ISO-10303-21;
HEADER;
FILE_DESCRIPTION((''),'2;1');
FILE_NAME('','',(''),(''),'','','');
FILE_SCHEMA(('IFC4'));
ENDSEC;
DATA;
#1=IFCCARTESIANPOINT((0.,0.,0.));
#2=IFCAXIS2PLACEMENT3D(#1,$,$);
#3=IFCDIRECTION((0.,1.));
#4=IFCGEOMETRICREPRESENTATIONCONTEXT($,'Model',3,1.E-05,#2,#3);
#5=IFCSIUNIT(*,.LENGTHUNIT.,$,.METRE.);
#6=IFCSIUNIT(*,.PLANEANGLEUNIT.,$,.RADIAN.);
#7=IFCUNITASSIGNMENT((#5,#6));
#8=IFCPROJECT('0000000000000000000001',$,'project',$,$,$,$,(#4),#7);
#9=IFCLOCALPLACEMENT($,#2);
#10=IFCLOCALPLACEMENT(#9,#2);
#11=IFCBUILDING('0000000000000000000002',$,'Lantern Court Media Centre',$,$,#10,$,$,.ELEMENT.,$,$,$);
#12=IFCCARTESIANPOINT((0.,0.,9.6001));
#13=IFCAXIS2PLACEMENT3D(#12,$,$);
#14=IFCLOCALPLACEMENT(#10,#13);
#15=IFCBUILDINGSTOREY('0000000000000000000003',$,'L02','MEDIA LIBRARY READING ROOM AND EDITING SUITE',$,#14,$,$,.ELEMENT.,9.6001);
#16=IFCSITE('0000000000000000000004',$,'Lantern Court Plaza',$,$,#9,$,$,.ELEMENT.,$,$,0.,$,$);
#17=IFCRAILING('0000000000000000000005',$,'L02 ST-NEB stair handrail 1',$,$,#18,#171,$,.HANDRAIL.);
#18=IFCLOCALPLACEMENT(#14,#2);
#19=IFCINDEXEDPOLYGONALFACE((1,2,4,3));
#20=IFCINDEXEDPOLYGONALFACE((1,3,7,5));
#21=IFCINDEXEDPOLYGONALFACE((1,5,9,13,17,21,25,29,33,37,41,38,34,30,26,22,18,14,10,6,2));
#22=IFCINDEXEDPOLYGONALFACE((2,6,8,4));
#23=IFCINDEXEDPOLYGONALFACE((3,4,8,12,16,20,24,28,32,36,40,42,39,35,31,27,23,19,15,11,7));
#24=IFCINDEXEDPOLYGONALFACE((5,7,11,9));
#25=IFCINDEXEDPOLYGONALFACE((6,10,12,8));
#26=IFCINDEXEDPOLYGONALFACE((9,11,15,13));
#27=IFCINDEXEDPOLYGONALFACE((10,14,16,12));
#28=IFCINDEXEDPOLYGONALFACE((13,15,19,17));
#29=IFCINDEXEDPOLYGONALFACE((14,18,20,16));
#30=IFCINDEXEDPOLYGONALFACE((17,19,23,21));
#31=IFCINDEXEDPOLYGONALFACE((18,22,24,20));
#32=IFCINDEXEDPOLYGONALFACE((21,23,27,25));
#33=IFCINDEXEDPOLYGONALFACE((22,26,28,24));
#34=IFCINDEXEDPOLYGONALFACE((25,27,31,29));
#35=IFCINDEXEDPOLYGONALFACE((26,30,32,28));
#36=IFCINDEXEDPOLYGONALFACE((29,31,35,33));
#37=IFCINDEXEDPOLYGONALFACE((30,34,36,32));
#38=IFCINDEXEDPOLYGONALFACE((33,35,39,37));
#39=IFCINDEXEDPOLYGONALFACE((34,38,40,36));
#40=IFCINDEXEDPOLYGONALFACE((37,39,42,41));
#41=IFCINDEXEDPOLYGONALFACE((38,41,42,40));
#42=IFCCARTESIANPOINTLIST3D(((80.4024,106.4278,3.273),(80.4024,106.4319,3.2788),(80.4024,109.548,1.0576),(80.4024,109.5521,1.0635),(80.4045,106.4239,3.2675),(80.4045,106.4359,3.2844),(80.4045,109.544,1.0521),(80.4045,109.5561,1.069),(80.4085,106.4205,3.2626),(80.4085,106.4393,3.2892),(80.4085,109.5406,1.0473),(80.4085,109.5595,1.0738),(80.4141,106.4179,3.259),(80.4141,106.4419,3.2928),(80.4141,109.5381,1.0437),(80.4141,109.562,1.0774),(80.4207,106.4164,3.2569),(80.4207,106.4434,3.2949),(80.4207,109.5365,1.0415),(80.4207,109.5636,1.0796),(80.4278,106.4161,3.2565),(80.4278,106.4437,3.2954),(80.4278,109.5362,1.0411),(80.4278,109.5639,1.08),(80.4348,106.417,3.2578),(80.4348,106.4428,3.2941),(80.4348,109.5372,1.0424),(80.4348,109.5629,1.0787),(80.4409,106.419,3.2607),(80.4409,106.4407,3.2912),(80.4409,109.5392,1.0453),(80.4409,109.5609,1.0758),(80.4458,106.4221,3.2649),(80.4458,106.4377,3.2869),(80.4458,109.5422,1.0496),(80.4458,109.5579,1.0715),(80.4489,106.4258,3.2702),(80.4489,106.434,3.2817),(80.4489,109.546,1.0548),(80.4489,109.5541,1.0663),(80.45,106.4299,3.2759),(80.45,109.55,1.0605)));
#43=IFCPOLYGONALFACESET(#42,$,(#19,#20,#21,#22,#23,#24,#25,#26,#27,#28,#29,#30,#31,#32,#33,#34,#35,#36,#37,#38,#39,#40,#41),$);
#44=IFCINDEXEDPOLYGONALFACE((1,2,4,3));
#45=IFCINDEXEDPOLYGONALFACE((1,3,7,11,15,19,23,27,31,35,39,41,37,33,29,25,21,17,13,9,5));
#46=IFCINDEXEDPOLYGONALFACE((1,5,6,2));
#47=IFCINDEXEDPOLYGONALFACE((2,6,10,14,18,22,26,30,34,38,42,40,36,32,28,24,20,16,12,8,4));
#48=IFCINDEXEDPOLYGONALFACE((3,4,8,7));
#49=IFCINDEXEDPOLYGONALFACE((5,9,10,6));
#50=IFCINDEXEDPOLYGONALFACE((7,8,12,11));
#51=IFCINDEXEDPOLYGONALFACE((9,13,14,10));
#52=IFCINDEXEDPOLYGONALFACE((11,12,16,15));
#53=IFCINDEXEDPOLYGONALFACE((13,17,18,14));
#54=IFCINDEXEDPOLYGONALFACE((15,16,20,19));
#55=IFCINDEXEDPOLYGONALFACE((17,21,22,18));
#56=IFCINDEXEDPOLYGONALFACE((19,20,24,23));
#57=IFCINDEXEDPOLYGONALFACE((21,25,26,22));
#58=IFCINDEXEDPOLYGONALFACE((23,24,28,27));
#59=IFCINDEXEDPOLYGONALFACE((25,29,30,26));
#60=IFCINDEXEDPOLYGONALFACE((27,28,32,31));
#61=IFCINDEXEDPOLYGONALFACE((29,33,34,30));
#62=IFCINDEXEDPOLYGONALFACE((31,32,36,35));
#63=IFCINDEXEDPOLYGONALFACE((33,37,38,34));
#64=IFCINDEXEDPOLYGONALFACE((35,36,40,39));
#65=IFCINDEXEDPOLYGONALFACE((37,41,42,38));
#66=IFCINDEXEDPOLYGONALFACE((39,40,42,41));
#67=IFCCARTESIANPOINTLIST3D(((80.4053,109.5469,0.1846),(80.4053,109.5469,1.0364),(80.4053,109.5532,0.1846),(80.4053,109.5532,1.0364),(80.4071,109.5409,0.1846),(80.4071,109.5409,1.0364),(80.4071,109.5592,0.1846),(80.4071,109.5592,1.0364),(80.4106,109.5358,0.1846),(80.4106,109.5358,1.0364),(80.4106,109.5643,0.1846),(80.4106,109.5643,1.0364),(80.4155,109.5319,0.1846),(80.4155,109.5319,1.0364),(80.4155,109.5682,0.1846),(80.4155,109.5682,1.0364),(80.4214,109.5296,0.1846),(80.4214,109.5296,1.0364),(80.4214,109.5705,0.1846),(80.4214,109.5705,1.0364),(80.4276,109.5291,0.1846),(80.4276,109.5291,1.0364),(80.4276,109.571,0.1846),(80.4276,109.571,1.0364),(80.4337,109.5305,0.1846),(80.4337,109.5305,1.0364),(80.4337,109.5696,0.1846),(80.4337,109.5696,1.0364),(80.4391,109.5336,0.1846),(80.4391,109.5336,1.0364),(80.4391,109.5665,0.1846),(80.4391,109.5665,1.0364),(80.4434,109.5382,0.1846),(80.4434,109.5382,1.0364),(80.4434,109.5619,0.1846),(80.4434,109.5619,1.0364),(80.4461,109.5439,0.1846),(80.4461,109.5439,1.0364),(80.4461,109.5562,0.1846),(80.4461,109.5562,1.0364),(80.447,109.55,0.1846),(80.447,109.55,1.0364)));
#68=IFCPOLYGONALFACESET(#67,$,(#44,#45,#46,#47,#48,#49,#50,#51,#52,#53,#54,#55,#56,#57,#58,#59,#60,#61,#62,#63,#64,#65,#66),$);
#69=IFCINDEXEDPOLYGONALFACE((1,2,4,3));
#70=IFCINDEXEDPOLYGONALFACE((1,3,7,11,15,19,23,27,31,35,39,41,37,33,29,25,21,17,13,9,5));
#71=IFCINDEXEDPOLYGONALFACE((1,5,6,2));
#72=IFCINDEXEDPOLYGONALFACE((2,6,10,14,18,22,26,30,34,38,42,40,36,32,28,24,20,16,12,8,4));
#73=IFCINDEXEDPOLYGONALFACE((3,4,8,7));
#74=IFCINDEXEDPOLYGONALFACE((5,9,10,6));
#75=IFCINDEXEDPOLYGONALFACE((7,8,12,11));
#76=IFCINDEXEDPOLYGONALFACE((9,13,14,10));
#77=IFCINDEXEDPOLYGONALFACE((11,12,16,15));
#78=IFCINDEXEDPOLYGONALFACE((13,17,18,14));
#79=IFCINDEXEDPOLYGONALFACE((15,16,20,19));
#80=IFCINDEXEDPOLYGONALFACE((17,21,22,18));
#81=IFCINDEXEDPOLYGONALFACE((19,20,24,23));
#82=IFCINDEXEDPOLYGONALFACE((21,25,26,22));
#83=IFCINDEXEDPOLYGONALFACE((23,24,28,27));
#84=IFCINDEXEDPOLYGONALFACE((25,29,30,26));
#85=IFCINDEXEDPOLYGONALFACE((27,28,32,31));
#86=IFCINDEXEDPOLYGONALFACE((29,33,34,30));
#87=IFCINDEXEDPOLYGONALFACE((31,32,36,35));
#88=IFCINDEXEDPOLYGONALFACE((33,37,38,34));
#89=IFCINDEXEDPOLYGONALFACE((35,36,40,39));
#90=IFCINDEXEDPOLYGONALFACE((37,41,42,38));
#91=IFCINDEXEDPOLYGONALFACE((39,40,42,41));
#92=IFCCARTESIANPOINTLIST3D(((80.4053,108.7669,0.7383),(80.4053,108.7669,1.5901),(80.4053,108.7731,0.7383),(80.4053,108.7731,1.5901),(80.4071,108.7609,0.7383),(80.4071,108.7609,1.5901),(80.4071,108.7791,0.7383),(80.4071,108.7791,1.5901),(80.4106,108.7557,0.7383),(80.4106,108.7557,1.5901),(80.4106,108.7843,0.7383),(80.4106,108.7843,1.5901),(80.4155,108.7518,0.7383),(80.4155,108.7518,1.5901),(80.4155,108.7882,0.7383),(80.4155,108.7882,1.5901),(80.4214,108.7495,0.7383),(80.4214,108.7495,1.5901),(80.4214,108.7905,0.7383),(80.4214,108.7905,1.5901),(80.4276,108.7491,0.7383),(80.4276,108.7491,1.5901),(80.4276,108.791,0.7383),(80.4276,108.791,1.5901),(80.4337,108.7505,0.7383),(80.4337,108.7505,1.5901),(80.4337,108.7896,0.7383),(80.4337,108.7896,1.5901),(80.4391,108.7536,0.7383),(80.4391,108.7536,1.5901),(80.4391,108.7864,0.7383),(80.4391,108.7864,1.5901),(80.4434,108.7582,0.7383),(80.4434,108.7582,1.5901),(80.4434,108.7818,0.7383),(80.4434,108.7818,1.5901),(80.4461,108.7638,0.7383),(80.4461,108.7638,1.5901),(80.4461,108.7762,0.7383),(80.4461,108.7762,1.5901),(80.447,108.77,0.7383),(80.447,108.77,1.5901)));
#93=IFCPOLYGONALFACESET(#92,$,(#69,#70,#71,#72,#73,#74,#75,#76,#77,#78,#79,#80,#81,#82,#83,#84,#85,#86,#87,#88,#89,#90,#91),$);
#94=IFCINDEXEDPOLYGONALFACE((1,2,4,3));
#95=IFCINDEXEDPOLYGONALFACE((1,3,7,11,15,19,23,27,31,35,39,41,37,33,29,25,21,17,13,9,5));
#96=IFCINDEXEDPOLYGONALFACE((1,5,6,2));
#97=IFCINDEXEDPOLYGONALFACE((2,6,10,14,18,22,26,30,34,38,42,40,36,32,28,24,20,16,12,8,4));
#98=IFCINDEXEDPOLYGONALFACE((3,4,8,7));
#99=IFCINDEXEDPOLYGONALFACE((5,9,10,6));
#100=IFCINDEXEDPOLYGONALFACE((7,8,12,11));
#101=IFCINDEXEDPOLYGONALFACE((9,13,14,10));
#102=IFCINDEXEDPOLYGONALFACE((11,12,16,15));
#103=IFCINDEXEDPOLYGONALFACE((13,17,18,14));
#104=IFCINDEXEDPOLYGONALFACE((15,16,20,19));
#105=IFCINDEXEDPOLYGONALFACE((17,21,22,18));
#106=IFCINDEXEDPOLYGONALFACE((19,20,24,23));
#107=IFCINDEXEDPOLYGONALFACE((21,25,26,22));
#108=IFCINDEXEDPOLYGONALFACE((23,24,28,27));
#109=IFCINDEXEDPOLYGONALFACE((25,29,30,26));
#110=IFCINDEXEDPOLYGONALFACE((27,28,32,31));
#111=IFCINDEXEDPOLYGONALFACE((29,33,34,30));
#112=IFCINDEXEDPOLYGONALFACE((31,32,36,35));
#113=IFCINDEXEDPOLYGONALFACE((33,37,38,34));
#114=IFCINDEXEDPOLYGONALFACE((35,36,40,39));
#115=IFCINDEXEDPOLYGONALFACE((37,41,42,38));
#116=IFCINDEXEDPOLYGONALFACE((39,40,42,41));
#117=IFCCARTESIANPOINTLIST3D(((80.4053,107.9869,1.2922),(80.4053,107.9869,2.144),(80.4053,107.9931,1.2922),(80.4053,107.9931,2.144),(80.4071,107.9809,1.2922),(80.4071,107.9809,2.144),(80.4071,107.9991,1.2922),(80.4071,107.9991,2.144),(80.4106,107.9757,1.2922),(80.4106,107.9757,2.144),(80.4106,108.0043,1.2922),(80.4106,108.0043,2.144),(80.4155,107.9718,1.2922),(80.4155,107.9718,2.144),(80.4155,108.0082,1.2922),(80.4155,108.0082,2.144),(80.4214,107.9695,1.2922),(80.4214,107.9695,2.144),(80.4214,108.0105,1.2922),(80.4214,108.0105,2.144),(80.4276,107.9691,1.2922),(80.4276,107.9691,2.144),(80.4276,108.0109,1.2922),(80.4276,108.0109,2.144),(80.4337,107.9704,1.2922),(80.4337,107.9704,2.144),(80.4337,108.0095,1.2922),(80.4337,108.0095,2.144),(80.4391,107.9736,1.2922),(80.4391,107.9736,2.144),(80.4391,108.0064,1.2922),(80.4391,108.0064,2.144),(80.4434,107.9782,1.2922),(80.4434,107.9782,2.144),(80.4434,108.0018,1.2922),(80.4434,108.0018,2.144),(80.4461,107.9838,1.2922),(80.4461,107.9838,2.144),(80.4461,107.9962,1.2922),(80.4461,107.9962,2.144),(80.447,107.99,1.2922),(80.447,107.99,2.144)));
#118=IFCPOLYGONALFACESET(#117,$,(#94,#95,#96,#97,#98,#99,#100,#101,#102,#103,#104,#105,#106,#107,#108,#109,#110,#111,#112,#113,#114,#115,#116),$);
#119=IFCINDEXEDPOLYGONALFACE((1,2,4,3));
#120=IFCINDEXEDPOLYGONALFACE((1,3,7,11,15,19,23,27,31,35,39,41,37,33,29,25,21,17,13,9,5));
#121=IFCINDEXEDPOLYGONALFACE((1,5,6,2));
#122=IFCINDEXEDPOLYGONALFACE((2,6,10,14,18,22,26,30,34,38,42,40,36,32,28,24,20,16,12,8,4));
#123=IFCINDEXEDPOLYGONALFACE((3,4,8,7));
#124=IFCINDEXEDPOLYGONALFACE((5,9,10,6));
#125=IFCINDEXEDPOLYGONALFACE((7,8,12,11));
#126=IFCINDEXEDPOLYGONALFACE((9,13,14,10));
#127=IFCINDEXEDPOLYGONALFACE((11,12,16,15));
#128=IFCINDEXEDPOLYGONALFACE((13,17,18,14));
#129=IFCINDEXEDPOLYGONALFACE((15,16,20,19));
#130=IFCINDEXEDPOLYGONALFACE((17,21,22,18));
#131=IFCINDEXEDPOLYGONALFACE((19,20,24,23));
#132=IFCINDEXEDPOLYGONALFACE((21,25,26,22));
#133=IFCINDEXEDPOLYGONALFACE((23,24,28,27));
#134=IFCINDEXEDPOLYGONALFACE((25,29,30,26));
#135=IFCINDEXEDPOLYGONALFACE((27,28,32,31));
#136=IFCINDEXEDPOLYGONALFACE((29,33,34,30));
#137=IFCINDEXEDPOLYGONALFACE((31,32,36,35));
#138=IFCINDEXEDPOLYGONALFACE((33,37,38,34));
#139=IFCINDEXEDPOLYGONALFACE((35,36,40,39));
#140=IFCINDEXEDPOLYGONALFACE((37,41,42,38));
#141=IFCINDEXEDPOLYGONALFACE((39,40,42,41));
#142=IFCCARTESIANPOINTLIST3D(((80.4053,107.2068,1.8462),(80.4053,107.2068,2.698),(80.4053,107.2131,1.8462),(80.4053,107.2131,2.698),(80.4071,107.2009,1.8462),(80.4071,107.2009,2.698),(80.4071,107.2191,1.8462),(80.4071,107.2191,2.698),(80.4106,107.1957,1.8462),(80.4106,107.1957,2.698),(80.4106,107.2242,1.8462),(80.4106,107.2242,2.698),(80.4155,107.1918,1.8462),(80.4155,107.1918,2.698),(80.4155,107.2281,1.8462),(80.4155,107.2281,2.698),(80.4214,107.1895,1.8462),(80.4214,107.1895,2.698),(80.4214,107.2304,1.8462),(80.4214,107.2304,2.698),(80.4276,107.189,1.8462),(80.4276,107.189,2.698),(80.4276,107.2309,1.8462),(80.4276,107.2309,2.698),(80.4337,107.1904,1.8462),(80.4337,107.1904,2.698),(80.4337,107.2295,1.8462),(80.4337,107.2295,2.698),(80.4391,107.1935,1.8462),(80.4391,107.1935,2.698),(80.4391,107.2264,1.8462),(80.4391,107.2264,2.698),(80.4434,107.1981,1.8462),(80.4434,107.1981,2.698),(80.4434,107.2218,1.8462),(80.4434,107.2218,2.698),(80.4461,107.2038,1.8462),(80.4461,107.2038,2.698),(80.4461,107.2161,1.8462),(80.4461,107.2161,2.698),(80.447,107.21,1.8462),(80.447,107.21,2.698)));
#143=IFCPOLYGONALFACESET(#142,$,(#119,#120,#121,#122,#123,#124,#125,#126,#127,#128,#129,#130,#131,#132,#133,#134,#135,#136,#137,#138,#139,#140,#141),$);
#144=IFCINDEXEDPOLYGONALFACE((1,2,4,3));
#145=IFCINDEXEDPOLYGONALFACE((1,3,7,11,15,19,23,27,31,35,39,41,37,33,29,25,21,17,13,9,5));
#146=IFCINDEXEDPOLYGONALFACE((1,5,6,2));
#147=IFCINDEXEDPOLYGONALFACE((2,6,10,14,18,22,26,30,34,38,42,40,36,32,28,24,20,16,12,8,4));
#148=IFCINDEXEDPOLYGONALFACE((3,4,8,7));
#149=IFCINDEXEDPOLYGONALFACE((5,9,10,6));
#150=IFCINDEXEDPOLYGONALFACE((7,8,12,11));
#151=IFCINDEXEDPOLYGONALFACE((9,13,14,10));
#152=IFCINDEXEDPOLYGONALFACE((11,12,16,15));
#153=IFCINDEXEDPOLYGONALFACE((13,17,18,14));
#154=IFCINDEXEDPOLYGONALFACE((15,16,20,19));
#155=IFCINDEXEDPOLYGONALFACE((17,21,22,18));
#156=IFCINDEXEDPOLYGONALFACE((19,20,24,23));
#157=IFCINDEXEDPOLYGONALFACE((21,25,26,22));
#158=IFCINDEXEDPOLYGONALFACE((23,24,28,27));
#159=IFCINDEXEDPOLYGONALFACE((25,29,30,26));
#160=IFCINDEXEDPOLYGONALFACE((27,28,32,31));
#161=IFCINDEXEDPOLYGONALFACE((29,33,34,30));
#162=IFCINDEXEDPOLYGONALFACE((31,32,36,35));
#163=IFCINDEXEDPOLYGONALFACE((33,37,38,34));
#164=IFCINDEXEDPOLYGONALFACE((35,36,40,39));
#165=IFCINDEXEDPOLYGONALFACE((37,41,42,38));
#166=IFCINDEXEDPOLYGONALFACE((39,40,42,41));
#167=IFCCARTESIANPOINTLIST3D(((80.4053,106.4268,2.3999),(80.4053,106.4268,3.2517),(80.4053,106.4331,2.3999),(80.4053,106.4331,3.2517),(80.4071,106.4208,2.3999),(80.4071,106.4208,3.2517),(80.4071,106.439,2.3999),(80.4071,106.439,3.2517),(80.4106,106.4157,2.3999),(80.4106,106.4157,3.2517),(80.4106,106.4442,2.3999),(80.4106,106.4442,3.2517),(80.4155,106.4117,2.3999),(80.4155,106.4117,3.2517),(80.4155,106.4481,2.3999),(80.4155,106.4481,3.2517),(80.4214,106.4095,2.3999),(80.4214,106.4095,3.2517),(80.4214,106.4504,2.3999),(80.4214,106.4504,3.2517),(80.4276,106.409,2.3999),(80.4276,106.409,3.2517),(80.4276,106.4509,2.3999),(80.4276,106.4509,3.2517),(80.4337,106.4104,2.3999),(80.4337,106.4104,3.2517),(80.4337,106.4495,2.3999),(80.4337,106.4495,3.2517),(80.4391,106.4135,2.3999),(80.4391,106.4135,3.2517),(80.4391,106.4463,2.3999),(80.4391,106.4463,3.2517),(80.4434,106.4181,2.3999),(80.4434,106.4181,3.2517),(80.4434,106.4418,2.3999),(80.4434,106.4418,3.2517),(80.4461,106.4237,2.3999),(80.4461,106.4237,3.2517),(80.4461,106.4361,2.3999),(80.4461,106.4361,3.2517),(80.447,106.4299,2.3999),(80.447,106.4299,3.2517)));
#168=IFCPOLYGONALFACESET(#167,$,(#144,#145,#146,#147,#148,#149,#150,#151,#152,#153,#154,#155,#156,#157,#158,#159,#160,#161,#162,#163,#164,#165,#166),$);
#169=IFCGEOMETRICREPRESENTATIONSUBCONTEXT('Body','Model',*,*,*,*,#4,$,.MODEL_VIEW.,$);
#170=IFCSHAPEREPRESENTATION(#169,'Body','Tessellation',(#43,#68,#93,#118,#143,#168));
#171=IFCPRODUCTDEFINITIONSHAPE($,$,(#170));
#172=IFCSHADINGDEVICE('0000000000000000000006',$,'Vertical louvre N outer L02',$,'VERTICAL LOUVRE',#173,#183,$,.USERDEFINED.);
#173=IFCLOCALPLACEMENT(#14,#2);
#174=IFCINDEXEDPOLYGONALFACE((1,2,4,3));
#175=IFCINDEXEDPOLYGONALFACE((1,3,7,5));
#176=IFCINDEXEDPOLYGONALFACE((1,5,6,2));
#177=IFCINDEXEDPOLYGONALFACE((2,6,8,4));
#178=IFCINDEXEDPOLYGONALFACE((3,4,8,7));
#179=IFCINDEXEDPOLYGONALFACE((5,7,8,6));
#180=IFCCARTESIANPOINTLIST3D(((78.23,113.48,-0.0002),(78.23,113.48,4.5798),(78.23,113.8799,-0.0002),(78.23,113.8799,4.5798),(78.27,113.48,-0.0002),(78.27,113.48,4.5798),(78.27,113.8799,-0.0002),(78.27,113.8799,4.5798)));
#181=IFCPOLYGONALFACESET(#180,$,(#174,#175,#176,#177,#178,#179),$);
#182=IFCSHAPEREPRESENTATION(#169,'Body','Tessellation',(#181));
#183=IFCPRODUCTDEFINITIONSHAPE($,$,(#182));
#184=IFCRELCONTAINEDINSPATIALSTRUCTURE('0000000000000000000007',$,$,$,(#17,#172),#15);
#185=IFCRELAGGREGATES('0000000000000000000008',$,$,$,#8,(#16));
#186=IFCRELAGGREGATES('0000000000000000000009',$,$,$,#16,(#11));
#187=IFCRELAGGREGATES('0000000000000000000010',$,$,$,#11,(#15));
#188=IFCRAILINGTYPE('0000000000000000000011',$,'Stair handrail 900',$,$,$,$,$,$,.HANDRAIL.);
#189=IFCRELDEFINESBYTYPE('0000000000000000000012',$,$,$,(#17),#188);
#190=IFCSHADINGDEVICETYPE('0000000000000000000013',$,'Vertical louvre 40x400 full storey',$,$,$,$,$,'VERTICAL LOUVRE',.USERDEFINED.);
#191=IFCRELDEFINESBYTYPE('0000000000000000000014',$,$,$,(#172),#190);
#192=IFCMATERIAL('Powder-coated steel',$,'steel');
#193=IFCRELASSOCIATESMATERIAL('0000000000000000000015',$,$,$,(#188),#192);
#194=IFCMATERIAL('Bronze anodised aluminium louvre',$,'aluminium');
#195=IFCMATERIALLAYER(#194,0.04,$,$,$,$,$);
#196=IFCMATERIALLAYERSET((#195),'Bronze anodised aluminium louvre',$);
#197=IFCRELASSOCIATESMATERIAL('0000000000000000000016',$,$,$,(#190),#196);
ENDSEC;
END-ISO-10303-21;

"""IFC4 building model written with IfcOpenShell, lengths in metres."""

from ifc_helpers import new_model, si_unit, direction, frame, origin, origin_2d, place, context, subcontext, project, spatial, rectangle, circle, extrude, material, layer, layer_set, type_object, element, save


model = new_model("IFC4")

# Units and contexts
model_context = context("Model", 3, precision=1e-05, world=origin(), true_north=direction((0.0, 1.0)))
body_context = subcontext(model_context, "Body", "Model", "MODEL_VIEW")
ifc_project = project(units=[si_unit("LENGTHUNIT", "METRE"), si_unit("PLANEANGLEUNIT", "RADIAN")], contexts=[model_context])

# Site, building, storey
site_placement = place(None, origin())
site = spatial("IfcSite", under=ifc_project, at=site_placement, Name="Lantern Court Plaza", CompositionType="ELEMENT", RefElevation=0.0)
building_placement = place(site_placement, origin())
building = spatial("IfcBuilding", under=site, at=building_placement, Name="Lantern Court Media Centre", CompositionType="ELEMENT")
storey_placement = place(building_placement, frame((0.0, 0.0, 9.6001)))
storey = spatial("IfcBuildingStorey", under=building, at=storey_placement, Name="L02", Description="MEDIA LIBRARY READING ROOM AND EDITING SUITE", CompositionType="ELEMENT", Elevation=9.6001)

# Shared definitions
ifc_material_1 = material(Name="Powder-coated steel", Category="steel")

# Railing
railing_type_1 = type_object("IfcRailingType", Name="Stair handrail 900", PredefinedType="HANDRAIL", material=ifc_material_1)
railing_1_placement = place(storey_placement, frame((80.426, 109.55, 0.1846)))
element("IfcRailing", 1, at=railing_1_placement, inside=storey, type_object=railing_type_1, Name="L02 ST-NEB stair handrail 1", PredefinedType="HANDRAIL", context=body_context, shape_type="SweptSolid", body=[
    extrude(circle(Radius=0.0239, at=origin_2d()), frame((0.0, 0.0, 0.876), z_axis=(0.0, -0.815377, 0.57893), x_axis=(1.0, 0.0, 0.0)), (0.0, 0.0, 1.0), 3.8267),
    extrude(circle(Radius=0.021, at=origin_2d()), origin(), (0.0, 0.0, 1.0), 0.8518),
    extrude(circle(Radius=0.021, at=origin_2d()), frame((0.0, -0.78, 0.5537)), (0.0, 0.0, 1.0), 0.8518),
    extrude(circle(Radius=0.021, at=origin_2d()), frame((0.0, -1.5601, 1.1077)), (0.0, 0.0, 1.0), 0.8518),
    extrude(circle(Radius=0.021, at=origin_2d()), frame((0.0, -2.3401, 1.6616)), (0.0, 0.0, 1.0), 0.8518),
    extrude(circle(Radius=0.021, at=origin_2d()), frame((0.0, -3.1201, 2.2153)), (0.0, 0.0, 1.0), 0.8518),
])

# Shading device
ifc_material_2 = material(Name="Bronze anodised aluminium louvre", Category="aluminium")
ifc_layer_1 = layer(ifc_material_2, 0.04)
ifc_layer_set_1 = layer_set([ifc_layer_1], Name="Bronze anodised aluminium louvre")
shading_device_type = type_object("IfcShadingDeviceType", Name="Vertical louvre 40x400 full storey", ElementType="VERTICAL LOUVRE", PredefinedType="USERDEFINED", material=ifc_layer_set_1)
shading_device_placement = place(storey_placement, frame((78.25, 113.6799, -0.0002), z_axis=(0.0, 0.0, 1.0), x_axis=(1.0, 0.0, 0.0)))
element("IfcShadingDevice", 2, at=shading_device_placement, inside=storey, type_object=shading_device_type, Name="Vertical louvre N outer L02", ObjectType="VERTICAL LOUVRE", PredefinedType="USERDEFINED", context=body_context, shape_type="SweptSolid", body=[
    extrude(rectangle(XDim=0.04, YDim=0.3999, at=origin_2d()), origin(), (0.0, 0.0, 1.0), 4.5801),
])

save(model, "model.ifc")
